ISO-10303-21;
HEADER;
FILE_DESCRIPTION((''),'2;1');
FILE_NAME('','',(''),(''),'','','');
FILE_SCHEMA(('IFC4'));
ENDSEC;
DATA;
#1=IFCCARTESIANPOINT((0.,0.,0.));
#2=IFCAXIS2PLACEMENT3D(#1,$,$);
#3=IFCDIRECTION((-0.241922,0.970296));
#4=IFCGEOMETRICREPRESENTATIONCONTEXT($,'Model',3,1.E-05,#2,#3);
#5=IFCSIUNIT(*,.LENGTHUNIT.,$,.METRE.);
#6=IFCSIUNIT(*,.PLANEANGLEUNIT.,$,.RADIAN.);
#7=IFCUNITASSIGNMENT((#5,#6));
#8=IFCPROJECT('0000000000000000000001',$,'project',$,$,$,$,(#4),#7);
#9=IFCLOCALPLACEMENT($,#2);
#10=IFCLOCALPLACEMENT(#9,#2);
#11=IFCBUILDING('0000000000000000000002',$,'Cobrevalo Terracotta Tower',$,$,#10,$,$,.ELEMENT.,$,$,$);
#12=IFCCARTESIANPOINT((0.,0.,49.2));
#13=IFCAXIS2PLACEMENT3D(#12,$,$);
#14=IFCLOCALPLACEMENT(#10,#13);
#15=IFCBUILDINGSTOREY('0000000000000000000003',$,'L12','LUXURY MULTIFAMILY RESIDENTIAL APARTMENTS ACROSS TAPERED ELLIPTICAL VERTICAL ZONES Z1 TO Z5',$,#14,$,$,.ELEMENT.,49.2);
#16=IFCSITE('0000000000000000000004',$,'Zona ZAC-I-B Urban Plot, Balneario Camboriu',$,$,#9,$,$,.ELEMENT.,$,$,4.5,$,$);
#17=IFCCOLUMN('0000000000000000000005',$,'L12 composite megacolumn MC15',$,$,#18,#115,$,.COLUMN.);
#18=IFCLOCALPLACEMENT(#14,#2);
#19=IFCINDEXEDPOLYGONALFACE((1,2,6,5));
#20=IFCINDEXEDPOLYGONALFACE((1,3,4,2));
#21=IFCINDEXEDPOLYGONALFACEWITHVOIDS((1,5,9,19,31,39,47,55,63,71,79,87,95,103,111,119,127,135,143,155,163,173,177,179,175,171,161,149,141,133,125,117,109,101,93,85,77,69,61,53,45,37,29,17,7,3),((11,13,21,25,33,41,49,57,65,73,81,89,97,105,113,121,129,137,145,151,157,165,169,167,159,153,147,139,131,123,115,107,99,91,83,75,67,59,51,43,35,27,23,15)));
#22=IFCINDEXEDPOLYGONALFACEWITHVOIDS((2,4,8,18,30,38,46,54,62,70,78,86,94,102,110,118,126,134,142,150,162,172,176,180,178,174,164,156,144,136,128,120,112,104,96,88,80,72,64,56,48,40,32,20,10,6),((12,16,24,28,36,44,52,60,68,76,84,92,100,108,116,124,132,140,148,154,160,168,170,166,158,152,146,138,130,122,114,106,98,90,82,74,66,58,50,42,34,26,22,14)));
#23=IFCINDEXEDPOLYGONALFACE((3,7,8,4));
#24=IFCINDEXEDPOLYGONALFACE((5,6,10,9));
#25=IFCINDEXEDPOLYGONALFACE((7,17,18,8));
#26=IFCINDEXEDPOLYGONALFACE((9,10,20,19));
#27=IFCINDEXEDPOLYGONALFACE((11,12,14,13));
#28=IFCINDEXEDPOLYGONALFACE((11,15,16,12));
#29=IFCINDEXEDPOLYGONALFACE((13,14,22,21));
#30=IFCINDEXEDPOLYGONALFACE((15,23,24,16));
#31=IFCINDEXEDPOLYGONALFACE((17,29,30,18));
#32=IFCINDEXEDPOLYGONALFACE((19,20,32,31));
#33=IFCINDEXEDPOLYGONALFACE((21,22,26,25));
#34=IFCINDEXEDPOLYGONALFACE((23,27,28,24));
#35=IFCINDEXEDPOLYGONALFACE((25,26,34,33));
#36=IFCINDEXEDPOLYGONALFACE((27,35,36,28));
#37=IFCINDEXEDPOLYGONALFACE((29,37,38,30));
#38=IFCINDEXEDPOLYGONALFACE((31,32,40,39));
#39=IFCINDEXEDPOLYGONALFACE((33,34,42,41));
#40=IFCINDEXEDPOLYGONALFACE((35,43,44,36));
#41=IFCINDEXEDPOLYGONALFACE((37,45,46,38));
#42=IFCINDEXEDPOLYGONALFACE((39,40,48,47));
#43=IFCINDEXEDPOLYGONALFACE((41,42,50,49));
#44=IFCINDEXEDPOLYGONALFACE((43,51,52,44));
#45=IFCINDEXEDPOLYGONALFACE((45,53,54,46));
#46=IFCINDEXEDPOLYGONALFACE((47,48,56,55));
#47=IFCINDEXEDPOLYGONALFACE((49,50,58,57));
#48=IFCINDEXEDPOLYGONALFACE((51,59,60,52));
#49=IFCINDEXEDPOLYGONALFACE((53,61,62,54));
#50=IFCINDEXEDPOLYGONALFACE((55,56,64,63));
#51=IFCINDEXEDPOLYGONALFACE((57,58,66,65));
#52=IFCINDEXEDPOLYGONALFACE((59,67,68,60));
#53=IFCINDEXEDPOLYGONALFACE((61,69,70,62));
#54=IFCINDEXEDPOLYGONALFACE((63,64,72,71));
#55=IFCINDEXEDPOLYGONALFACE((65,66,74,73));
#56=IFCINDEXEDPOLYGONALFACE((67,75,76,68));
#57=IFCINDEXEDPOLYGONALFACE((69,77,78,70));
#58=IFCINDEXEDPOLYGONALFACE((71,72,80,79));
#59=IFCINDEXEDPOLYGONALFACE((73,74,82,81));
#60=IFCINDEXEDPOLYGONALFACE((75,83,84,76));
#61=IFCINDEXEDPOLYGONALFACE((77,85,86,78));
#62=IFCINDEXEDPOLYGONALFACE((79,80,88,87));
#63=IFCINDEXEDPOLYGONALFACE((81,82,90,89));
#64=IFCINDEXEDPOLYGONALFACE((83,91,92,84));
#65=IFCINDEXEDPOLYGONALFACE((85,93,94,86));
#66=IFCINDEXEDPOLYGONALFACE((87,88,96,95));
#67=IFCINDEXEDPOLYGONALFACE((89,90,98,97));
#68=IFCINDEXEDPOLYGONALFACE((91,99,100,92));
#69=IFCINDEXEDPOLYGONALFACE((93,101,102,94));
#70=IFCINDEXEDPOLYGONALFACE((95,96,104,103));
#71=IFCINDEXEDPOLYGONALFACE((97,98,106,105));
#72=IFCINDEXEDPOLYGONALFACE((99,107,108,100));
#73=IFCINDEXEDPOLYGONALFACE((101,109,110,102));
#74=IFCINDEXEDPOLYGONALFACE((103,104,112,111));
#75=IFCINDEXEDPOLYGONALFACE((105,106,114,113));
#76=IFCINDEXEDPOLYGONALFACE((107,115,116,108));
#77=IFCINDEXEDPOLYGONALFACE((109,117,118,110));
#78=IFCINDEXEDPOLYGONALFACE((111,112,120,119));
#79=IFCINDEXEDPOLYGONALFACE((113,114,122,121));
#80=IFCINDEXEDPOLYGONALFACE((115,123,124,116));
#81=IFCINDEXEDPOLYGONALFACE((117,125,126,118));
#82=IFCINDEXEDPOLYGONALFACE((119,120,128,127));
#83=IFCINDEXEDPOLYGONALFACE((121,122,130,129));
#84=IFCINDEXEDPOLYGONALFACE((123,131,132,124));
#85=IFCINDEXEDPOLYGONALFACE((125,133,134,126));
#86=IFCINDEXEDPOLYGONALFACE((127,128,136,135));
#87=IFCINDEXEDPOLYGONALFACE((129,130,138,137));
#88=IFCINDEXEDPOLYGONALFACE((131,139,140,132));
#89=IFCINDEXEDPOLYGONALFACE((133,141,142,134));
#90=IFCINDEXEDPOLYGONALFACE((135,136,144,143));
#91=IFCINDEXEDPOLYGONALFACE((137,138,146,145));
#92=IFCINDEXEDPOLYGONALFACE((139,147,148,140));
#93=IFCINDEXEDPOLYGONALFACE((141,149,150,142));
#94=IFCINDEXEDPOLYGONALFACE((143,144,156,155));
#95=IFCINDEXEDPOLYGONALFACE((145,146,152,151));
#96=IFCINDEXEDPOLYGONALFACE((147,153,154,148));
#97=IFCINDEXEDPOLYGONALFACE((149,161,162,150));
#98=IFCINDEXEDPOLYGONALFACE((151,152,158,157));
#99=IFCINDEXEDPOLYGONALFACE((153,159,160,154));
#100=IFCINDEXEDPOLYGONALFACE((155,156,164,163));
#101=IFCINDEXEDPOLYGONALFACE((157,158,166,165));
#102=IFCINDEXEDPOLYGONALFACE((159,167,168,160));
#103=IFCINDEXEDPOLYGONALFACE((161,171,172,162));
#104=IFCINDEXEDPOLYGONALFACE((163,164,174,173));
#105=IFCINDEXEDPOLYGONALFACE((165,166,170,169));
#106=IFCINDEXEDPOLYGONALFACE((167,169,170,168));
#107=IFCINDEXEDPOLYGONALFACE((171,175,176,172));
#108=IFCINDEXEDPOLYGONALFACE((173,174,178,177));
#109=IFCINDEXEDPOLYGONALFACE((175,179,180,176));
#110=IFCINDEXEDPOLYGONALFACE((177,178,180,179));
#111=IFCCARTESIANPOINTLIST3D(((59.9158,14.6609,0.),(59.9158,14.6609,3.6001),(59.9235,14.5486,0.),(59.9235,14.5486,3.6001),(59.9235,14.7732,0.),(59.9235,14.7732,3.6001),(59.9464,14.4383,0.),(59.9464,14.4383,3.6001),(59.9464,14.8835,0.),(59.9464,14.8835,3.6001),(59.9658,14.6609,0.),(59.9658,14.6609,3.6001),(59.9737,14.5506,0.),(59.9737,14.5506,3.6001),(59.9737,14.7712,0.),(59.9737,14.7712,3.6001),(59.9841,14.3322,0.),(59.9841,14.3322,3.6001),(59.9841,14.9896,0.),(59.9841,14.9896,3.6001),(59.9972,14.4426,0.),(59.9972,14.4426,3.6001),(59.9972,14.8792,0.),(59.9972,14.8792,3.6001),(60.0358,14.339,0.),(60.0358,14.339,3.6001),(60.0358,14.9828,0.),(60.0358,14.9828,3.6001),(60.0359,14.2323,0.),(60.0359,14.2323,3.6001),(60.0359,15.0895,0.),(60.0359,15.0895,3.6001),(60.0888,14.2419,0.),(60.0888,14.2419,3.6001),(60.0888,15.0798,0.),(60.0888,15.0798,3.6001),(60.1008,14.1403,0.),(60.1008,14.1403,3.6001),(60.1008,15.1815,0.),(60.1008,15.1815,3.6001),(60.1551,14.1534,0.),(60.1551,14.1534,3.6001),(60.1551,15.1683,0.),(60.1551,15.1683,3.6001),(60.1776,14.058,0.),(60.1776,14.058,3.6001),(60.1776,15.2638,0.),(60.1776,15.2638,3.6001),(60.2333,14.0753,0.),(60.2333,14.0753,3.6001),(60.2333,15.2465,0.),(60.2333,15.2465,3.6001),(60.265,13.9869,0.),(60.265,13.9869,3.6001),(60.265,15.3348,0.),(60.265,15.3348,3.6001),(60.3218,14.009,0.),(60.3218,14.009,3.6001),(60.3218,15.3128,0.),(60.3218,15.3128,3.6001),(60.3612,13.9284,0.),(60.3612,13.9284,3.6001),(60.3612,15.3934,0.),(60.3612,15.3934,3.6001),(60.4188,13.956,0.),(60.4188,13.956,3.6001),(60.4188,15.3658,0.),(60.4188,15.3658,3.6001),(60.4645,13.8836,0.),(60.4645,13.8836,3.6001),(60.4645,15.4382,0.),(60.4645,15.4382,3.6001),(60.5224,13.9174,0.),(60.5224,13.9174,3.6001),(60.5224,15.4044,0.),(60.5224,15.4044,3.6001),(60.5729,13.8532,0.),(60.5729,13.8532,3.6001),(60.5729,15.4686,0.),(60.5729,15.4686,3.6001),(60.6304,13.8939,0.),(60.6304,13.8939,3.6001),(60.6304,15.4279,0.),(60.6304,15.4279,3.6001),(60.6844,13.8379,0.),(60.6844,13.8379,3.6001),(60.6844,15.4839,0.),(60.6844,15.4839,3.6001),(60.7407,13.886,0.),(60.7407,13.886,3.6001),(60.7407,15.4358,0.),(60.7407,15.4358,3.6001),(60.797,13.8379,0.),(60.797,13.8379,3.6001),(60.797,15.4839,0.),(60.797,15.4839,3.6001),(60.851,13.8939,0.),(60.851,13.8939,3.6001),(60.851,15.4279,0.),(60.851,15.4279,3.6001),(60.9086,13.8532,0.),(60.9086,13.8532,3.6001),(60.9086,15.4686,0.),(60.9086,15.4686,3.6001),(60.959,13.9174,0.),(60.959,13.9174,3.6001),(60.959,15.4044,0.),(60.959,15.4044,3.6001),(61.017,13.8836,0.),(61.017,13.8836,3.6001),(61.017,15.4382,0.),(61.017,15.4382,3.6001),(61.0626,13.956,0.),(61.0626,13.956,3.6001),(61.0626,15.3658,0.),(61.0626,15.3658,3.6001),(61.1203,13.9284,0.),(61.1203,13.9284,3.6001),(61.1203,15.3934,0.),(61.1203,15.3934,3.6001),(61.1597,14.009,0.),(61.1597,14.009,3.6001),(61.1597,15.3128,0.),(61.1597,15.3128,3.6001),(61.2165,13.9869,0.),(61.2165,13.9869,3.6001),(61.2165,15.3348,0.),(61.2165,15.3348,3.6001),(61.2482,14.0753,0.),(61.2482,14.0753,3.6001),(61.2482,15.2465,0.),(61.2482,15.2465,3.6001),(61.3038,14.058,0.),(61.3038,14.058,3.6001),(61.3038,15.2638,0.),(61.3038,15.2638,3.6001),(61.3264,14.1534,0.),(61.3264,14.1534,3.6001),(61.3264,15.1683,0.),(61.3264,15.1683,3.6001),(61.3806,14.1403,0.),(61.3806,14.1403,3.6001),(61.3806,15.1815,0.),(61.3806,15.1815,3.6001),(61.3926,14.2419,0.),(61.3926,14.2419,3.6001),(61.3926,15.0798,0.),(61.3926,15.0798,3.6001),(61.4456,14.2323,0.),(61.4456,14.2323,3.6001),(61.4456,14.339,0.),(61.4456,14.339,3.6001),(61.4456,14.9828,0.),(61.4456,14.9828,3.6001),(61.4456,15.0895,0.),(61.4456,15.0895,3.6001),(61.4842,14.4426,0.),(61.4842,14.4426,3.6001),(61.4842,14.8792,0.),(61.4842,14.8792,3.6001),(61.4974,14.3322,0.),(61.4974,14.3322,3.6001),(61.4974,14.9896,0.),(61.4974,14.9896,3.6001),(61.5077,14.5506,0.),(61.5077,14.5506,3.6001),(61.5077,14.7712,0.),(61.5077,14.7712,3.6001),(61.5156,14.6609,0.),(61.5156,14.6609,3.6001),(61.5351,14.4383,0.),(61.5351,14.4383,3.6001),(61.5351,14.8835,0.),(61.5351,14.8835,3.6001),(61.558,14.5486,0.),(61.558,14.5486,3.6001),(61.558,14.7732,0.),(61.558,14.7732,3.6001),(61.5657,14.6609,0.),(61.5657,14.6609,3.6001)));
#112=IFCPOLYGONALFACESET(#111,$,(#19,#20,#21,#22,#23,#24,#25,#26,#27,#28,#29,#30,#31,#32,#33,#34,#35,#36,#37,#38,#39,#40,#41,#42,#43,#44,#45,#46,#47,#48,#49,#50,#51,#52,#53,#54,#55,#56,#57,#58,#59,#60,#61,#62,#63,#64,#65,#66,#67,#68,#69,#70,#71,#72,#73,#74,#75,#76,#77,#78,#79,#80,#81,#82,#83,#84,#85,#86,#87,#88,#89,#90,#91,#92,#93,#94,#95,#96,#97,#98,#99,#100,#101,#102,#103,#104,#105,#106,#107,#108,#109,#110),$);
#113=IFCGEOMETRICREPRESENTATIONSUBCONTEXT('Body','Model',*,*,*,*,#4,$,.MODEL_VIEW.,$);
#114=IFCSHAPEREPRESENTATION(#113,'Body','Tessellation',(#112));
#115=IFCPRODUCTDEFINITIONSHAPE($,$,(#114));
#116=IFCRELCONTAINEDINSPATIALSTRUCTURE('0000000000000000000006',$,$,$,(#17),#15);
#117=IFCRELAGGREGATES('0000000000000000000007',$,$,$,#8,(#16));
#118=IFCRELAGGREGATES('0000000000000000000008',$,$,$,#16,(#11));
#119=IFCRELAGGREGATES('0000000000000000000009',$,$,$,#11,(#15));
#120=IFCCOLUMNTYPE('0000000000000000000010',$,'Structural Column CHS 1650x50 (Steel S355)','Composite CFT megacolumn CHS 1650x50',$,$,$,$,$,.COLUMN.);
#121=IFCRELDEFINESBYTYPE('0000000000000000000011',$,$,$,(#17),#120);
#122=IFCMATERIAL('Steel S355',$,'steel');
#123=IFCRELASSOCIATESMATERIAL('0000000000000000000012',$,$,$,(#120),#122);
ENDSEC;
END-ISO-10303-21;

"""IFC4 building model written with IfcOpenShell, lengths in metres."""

from ifc_helpers import new_model, si_unit, direction, frame, origin, origin_2d, place, context, subcontext, project, spatial, hollow_circle, extrude, material, material_profile, profile_set, type_object, element, save


model = new_model("IFC4")

# Units and contexts
model_context = context("Model", 3, precision=1e-05, world=origin(), true_north=direction((-0.241922, 0.970296)))
body_context = subcontext(model_context, "Body", "Model", "MODEL_VIEW")
ifc_project = project(units=[si_unit("LENGTHUNIT", "METRE"), si_unit("PLANEANGLEUNIT", "RADIAN")], contexts=[model_context])

# Site, building, storey
site_placement = place(None, origin())
site = spatial("IfcSite", under=ifc_project, at=site_placement, Name="Zona ZAC-I-B Urban Plot, Balneario Camboriu", CompositionType="ELEMENT", RefElevation=4.5)
building_placement = place(site_placement, origin())
building = spatial("IfcBuilding", under=site, at=building_placement, Name="Cobrevalo Terracotta Tower", CompositionType="ELEMENT")
storey_placement = place(building_placement, frame((0.0, 0.0, 49.2)))
storey = spatial("IfcBuildingStorey", under=building, at=storey_placement, Name="L12", Description="LUXURY MULTIFAMILY RESIDENTIAL APARTMENTS ACROSS TAPERED ELLIPTICAL VERTICAL ZONES Z1 TO Z5", CompositionType="ELEMENT", Elevation=49.2)

# Column
ifc_material_1 = material(Name="Steel S355", Category="steel")
ifc_material_profile_1 = material_profile(ifc_material_1, hollow_circle(Radius=0.825, WallThickness=0.05, at=origin_2d()), Name="CHS 1650x50")
ifc_profile_set_1 = profile_set([ifc_material_profile_1], Name="Steel S355")
column_type = type_object("IfcColumnType", Name="Structural Column CHS 1650x50 (Steel S355)", Description="Composite CFT megacolumn CHS 1650x50", PredefinedType="COLUMN", material=ifc_profile_set_1)
for number, where, z_axis, x_axis, name in (
    (1, (60.7407, 14.6609, 0.0), (0.0, 0.0, 1.0), (1.0, 0.0, 0.0), "L12 composite megacolumn MC15"),
):
    element("IfcColumn", number, at=place(storey_placement, frame(where, z_axis=z_axis, x_axis=x_axis)), inside=storey, type_object=column_type, Name=name, PredefinedType="COLUMN", context=body_context, shape_type="SweptSolid", body=[
        extrude(hollow_circle(Radius=0.825, WallThickness=0.05, at=origin_2d()), origin(), (0.0, 0.0, 1.0), 3.6001),
    ])

save(model, "model.ifc")
